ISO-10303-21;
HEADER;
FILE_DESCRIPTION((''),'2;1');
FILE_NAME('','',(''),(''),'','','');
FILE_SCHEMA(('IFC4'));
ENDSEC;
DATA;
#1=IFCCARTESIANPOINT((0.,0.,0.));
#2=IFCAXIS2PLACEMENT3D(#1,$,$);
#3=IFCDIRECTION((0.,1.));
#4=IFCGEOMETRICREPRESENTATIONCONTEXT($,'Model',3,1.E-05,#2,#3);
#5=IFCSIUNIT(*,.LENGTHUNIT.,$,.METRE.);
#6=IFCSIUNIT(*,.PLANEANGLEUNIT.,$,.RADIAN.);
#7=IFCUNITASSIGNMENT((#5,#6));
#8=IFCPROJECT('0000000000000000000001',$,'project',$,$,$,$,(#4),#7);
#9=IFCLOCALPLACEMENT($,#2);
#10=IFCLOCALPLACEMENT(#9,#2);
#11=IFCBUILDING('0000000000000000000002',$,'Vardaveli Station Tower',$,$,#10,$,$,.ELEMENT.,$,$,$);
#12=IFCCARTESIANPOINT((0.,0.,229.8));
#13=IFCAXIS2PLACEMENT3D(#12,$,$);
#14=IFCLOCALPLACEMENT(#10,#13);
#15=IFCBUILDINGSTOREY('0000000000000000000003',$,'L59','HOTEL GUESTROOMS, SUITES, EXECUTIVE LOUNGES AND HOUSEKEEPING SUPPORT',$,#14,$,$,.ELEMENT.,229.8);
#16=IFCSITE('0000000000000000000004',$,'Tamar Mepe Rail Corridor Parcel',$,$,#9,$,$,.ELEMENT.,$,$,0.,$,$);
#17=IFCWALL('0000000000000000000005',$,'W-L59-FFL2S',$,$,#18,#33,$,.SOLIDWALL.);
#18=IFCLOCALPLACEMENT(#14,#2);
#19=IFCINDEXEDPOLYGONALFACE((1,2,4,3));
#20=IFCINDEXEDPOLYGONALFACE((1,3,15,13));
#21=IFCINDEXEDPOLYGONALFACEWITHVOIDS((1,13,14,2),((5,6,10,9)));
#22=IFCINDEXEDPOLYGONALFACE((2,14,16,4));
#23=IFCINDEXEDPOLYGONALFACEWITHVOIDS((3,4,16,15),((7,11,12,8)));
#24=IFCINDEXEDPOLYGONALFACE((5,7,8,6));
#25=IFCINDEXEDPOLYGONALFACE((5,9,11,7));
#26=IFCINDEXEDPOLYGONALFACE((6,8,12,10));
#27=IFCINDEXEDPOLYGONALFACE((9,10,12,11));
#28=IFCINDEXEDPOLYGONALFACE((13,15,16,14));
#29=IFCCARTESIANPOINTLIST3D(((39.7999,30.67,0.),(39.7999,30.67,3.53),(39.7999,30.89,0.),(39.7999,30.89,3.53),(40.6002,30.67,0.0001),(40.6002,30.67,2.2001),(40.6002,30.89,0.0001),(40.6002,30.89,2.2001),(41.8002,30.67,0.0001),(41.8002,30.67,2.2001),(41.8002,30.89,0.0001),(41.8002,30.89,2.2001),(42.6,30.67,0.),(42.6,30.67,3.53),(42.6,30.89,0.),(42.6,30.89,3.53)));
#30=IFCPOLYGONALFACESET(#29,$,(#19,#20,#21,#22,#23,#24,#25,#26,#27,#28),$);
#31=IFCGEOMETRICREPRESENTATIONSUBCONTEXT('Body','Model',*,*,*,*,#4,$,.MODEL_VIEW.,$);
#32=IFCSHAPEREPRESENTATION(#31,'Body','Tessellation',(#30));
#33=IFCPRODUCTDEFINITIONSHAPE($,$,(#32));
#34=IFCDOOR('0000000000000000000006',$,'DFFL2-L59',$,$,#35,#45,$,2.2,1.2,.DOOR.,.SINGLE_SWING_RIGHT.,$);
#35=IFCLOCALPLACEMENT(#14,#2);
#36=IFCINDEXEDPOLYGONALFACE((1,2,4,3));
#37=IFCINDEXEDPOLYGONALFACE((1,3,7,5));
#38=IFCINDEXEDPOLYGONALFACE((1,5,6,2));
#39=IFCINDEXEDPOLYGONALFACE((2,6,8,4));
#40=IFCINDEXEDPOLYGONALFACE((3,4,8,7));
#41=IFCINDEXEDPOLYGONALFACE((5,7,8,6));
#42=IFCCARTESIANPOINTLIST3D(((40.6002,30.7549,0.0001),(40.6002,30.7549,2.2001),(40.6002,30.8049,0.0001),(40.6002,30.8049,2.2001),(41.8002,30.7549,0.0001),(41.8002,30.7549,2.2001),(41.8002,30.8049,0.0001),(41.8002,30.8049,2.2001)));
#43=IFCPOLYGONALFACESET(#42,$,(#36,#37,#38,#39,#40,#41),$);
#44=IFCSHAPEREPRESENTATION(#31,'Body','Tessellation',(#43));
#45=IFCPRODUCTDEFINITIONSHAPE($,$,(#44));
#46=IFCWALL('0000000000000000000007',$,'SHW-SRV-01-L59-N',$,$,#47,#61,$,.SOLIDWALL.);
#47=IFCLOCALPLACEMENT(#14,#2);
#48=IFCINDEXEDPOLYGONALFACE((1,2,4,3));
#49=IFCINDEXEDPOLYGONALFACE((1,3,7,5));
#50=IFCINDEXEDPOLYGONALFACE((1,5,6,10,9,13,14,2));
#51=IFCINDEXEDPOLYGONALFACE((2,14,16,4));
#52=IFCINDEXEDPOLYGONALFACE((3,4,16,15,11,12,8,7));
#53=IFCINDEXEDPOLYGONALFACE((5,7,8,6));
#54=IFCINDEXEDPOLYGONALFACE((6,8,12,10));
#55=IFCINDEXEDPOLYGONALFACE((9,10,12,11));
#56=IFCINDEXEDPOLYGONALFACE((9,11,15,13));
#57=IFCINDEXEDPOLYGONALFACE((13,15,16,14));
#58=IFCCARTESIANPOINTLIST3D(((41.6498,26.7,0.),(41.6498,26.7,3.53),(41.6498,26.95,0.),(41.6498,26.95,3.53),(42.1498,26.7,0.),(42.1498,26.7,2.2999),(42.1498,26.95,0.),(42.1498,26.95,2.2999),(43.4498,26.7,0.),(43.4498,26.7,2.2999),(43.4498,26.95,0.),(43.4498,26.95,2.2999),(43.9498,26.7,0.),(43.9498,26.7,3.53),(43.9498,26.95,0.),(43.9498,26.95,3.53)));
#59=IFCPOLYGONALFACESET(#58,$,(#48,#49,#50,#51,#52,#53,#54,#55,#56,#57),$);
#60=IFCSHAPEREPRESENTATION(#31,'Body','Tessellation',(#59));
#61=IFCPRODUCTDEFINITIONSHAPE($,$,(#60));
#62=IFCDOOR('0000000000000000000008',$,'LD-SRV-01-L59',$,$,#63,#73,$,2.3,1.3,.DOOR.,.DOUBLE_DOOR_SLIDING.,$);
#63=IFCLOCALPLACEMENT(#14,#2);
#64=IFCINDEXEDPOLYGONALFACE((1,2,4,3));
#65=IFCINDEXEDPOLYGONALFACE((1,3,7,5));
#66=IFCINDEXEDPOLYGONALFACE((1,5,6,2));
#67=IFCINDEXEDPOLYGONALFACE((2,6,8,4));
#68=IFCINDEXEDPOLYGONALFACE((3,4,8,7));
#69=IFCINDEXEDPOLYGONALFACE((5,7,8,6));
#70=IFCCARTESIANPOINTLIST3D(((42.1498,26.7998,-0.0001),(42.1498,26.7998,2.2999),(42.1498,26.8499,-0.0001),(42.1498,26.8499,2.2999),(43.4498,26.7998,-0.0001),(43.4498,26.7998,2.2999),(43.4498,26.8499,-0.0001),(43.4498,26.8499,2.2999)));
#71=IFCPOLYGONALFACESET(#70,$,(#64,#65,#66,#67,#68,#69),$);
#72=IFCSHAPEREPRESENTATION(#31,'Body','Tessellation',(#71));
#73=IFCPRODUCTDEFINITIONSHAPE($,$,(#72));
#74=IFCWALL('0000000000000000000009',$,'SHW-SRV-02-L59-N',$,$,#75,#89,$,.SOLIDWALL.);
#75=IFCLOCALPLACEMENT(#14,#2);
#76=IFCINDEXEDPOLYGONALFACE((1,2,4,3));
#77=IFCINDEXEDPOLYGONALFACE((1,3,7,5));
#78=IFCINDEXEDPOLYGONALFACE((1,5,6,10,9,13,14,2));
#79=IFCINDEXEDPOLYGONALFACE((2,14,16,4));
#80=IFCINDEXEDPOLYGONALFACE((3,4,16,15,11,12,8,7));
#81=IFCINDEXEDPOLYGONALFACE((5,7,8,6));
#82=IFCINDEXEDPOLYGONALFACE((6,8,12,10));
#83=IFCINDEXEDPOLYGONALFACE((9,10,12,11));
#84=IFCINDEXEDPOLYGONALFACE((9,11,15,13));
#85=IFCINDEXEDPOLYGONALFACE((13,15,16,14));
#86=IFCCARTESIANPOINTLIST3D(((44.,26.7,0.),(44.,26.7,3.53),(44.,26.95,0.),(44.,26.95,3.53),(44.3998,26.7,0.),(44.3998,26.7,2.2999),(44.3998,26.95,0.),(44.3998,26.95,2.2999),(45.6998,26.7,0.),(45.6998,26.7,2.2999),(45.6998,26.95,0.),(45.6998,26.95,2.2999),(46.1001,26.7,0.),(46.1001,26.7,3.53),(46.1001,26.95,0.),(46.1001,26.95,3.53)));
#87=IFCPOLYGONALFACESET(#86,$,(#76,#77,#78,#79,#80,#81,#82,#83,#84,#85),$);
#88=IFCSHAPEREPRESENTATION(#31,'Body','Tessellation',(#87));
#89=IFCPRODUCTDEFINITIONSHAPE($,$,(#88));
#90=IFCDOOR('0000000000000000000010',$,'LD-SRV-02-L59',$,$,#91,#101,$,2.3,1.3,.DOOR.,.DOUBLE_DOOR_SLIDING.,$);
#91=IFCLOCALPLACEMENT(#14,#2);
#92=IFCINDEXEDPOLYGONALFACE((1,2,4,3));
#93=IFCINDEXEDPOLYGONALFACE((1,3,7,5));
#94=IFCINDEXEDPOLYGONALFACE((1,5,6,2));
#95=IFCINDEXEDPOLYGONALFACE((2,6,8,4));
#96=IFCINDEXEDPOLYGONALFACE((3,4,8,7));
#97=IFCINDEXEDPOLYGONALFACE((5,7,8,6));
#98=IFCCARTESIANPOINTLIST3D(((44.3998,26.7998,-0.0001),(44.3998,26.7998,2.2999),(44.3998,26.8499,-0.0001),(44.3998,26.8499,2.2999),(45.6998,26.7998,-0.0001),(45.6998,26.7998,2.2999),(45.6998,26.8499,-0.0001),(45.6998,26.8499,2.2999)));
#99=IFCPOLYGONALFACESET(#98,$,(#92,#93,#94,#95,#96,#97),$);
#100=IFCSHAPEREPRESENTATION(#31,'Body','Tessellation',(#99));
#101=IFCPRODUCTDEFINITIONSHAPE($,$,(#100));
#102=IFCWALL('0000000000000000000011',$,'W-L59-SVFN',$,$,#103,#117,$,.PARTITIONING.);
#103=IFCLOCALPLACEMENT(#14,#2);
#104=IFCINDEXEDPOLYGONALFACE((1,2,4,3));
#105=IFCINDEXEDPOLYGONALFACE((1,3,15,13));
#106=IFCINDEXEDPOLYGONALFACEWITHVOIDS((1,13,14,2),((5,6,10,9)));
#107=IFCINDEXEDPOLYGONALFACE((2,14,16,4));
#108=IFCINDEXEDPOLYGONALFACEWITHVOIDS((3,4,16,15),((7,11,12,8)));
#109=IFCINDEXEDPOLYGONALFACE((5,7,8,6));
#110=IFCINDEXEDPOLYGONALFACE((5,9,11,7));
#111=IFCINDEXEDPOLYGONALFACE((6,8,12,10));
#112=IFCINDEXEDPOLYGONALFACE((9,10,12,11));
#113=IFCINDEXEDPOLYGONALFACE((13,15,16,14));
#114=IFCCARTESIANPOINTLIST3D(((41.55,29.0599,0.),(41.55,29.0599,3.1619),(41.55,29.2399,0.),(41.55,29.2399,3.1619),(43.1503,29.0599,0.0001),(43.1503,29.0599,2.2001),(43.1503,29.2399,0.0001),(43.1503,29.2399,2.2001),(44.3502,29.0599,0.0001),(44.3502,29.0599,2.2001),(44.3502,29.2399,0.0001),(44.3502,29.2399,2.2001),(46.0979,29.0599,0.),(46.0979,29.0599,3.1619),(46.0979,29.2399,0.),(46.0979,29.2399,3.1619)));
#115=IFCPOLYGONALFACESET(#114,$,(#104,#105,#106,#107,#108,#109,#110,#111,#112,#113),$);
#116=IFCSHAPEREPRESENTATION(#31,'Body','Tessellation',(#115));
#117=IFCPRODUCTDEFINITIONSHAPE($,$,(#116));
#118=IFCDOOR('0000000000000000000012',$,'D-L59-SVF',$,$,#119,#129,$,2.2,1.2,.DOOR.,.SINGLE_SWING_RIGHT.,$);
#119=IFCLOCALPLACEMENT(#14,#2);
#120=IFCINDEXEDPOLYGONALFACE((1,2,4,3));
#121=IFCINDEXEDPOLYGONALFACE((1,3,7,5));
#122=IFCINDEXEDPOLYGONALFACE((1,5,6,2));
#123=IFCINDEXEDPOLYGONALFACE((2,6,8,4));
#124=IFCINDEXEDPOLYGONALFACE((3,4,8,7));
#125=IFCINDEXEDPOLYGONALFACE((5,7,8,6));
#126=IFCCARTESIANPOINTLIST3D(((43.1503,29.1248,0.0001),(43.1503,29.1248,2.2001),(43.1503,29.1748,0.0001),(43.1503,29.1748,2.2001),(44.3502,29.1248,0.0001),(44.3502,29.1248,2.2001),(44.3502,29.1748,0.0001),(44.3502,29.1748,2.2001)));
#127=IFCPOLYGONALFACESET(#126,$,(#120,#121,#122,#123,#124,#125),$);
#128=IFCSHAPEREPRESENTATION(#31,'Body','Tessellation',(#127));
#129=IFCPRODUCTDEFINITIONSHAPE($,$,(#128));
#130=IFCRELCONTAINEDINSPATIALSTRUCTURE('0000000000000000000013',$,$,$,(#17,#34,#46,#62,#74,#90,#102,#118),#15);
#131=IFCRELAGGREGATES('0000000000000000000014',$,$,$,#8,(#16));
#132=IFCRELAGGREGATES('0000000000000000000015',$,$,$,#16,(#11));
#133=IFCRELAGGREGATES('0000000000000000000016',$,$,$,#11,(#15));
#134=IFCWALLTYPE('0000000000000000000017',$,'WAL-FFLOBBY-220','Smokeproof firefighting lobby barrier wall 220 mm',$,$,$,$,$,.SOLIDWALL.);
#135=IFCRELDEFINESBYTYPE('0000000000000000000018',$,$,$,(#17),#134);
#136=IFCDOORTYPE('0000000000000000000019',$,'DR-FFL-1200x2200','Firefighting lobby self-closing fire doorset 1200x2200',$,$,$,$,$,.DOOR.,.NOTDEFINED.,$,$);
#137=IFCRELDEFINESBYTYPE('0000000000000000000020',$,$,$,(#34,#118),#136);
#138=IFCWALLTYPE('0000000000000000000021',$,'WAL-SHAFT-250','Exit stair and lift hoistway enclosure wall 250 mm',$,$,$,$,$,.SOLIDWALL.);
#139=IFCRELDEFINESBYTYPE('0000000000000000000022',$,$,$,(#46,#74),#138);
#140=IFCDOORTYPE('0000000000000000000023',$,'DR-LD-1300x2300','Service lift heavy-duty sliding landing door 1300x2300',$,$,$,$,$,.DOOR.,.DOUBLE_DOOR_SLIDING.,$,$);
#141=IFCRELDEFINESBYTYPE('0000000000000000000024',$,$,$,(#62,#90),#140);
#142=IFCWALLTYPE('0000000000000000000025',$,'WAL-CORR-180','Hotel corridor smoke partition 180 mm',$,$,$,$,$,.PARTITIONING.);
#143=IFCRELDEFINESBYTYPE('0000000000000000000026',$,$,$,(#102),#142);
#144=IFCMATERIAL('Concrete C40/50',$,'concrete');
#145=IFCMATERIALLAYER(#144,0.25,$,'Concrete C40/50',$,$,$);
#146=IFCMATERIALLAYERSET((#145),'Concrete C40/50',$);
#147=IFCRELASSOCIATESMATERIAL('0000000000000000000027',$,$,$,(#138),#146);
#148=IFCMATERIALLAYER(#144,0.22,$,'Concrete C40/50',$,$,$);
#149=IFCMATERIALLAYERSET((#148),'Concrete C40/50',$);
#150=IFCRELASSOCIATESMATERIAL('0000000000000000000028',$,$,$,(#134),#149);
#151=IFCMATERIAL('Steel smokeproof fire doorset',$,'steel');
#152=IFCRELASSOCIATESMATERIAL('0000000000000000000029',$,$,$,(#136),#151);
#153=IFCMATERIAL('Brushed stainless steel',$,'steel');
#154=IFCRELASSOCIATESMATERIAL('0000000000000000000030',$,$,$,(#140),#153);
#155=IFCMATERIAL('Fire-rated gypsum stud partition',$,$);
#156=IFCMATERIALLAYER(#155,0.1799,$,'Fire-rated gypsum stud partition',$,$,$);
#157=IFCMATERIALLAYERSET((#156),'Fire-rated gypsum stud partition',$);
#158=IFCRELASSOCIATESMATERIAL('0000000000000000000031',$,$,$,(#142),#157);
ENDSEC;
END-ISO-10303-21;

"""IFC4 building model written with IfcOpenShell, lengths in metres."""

from ifc_helpers import new_model, si_unit, direction, frame, frame_2d, origin, place, context, subcontext, project, spatial, rectangle, extrude, source, transform, mapped, material, layer, layer_set, type_object, element, fill, save


model = new_model("IFC4")

# Units and contexts
model_context = context("Model", 3, precision=1e-05, world=origin(), true_north=direction((0.0, 1.0)))
body_context = subcontext(model_context, "Body", "Model", "MODEL_VIEW")
ifc_project = project(units=[si_unit("LENGTHUNIT", "METRE"), si_unit("PLANEANGLEUNIT", "RADIAN")], contexts=[model_context])

# Site, building, storey
site_placement = place(None, origin())
site = spatial("IfcSite", under=ifc_project, at=site_placement, Name="Tamar Mepe Rail Corridor Parcel", CompositionType="ELEMENT", RefElevation=0.0)
building_placement = place(site_placement, origin())
building = spatial("IfcBuilding", under=site, at=building_placement, Name="Vardaveli Station Tower", CompositionType="ELEMENT")
storey_placement = place(building_placement, frame((0.0, 0.0, 229.8)))
storey = spatial("IfcBuildingStorey", under=building, at=storey_placement, Name="L59", Description="HOTEL GUESTROOMS, SUITES, EXECUTIVE LOUNGES AND HOUSEKEEPING SUPPORT", CompositionType="ELEMENT", Elevation=229.8)

# Shared definitions
ifc_material_1 = material(Name="Concrete C40/50", Category="concrete")
ifc_layer_1 = layer(ifc_material_1, 0.25, Name="Concrete C40/50")
ifc_layer_set_1 = layer_set([ifc_layer_1], Name="Concrete C40/50")
wall_type_1 = type_object("IfcWallType", Name="WAL-SHAFT-250", Description="Exit stair and lift hoistway enclosure wall 250 mm", PredefinedType="SOLIDWALL", material=ifc_layer_set_1)

# Walls, openings, doors
ifc_material_2 = material(Name="Steel smokeproof fire doorset", Category="steel")
ifc_layer_2 = layer(ifc_material_1, 0.22, Name="Concrete C40/50")
ifc_layer_set_2 = layer_set([ifc_layer_2], Name="Concrete C40/50")
wall_type_2 = type_object("IfcWallType", Name="WAL-FFLOBBY-220", Description="Smokeproof firefighting lobby barrier wall 220 mm", PredefinedType="SOLIDWALL", material=ifc_layer_set_2)
shared_shape_1 = source(origin(), body_context, "Body", "SweptSolid", [
    extrude(rectangle(XDim=2.8, YDim=0.22, at=frame_2d((1.3999, 0.0))), origin(), (0.0, 0.0, 1.0), 3.53),
])
wall_1_placement = place(storey_placement, frame((39.8, 30.78, 0.0), z_axis=(0.0, 0.0, 1.0), x_axis=(1.0, 0.0, 0.0)))
wall_1 = element("IfcWall", 1, at=wall_1_placement, inside=storey, type_object=wall_type_2, Name="W-L59-FFL2S", PredefinedType="SOLIDWALL", context=body_context, shape_type="MappedRepresentation", body=[
    mapped(shared_shape_1, transform((0.0, 0.0, 0.0), scale=1.0)),
])
shared_shape_2 = source(origin(), body_context, "Body", "SweptSolid", [
    extrude(rectangle(XDim=1.2, YDim=2.2, at=frame_2d((0.6001, 1.1001))), frame((0.0, 0.1201, 0.0), z_axis=(0.0, -1.0, 0.0), x_axis=(1.0, 0.0, 0.0)), (0.0, 0.0, 1.0), 0.24),
])
opening_1_placement = place(wall_1_placement, frame((0.8, 0.0, 0.0)))
opening_1 = element("IfcOpeningElement", 2, at=opening_1_placement, cuts=wall_1, PredefinedType="OPENING", context=body_context, shape_type="MappedRepresentation", body=[
    mapped(shared_shape_2, transform((0.0, 0.0, 0.0), scale=1.0)),
])
door_type_1 = type_object("IfcDoorType", Name="DR-FFL-1200x2200", Description="Firefighting lobby self-closing fire doorset 1200x2200", OperationType="NOTDEFINED", PredefinedType="DOOR", material=ifc_material_2)
shared_shape_3 = source(origin(), body_context, "Body", "SweptSolid", [
    extrude(rectangle(XDim=1.2, YDim=2.2, at=frame_2d((0.6001, 1.1001))), frame((0.0, 0.0249, 0.0), z_axis=(0.0, -1.0, 0.0), x_axis=(1.0, 0.0, 0.0)), (0.0, 0.0, 1.0), 0.05),
])
door_1_placement = place(opening_1_placement, origin())
door_1 = element("IfcDoor", 3, at=door_1_placement, inside=storey, type_object=door_type_1, Name="DFFL2-L59", OperationType="SINGLE_SWING_RIGHT", OverallHeight=2.2, OverallWidth=1.2, PredefinedType="DOOR", context=body_context, shape_type="MappedRepresentation", body=[
    mapped(shared_shape_3, transform((0.0, 0.0, 0.0), scale=1.0)),
])
fill(opening_1, door_1)
shared_shape_4 = source(origin(), body_context, "Body", "SweptSolid", [
    extrude(rectangle(XDim=2.3, YDim=0.25, at=frame_2d((1.1499, 0.0))), origin(), (0.0, 0.0, 1.0), 3.53),
])
wall_2_placement = place(storey_placement, frame((41.6499, 26.825, 0.0), z_axis=(0.0, 0.0, 1.0), x_axis=(1.0, 0.0, 0.0)))
wall_2 = element("IfcWall", 4, at=wall_2_placement, inside=storey, type_object=wall_type_1, Name="SHW-SRV-01-L59-N", PredefinedType="SOLIDWALL", context=body_context, shape_type="MappedRepresentation", body=[
    mapped(shared_shape_4, transform((0.0, 0.0, 0.0), scale=1.0)),
])
shared_shape_5 = source(origin(), body_context, "Body", "SweptSolid", [
    extrude(rectangle(XDim=1.3, YDim=2.3, at=frame_2d((0.6499, 1.1499))), frame((0.0, 0.135, 0.0), z_axis=(0.0, -1.0, 0.0), x_axis=(1.0, 0.0, 0.0)), (0.0, 0.0, 1.0), 0.27),
])
opening_2_placement = place(wall_2_placement, frame((0.5, 0.0, 0.0)))
opening_2 = element("IfcOpeningElement", 5, at=opening_2_placement, cuts=wall_2, PredefinedType="OPENING", context=body_context, shape_type="MappedRepresentation", body=[
    mapped(shared_shape_5, transform((0.0, 0.0, 0.0), scale=1.0)),
])
ifc_material_3 = material(Name="Brushed stainless steel", Category="steel")
door_type_2 = type_object("IfcDoorType", Name="DR-LD-1300x2300", Description="Service lift heavy-duty sliding landing door 1300x2300", OperationType="DOUBLE_DOOR_SLIDING", PredefinedType="DOOR", material=ifc_material_3)
shared_shape_6 = source(origin(), body_context, "Body", "SweptSolid", [
    extrude(rectangle(XDim=1.3, YDim=2.3, at=frame_2d((0.6499, 1.1499))), frame((0.0, 0.0249, 0.0), z_axis=(0.0, -1.0, 0.0), x_axis=(1.0, 0.0, 0.0)), (0.0, 0.0, 1.0), 0.05),
])
door_2_placement = place(opening_2_placement, origin())
door_2 = element("IfcDoor", 6, at=door_2_placement, inside=storey, type_object=door_type_2, Name="LD-SRV-01-L59", OperationType="DOUBLE_DOOR_SLIDING", OverallHeight=2.3, OverallWidth=1.3, PredefinedType="DOOR", context=body_context, shape_type="MappedRepresentation", body=[
    mapped(shared_shape_6, transform((0.0, 0.0, 0.0), scale=1.0)),
])
fill(opening_2, door_2)
shared_shape_7 = source(origin(), body_context, "Body", "SweptSolid", [
    extrude(rectangle(XDim=2.1001, YDim=0.25, at=frame_2d((1.05, 0.0))), origin(), (0.0, 0.0, 1.0), 3.53),
])
wall_3_placement = place(storey_placement, frame((44.0, 26.825, 0.0), z_axis=(0.0, 0.0, 1.0), x_axis=(1.0, 0.0, 0.0)))
wall_3 = element("IfcWall", 7, at=wall_3_placement, inside=storey, type_object=wall_type_1, Name="SHW-SRV-02-L59-N", PredefinedType="SOLIDWALL", context=body_context, shape_type="MappedRepresentation", body=[
    mapped(shared_shape_7, transform((0.0, 0.0, 0.0), scale=1.0)),
])
opening_3_placement = place(wall_3_placement, frame((0.3999, 0.0, 0.0)))
opening_3 = element("IfcOpeningElement", 8, at=opening_3_placement, cuts=wall_3, PredefinedType="OPENING", context=body_context, shape_type="MappedRepresentation", body=[
    mapped(shared_shape_5, transform((0.0, 0.0, 0.0), scale=1.0)),
])
door_3_placement = place(opening_3_placement, origin())
door_3 = element("IfcDoor", 9, at=door_3_placement, inside=storey, type_object=door_type_2, Name="LD-SRV-02-L59", OperationType="DOUBLE_DOOR_SLIDING", OverallHeight=2.3, OverallWidth=1.3, PredefinedType="DOOR", context=body_context, shape_type="MappedRepresentation", body=[
    mapped(shared_shape_6, transform((0.0, 0.0, 0.0), scale=1.0)),
])
fill(opening_3, door_3)
ifc_material_4 = material(Name="Fire-rated gypsum stud partition")
ifc_layer_3 = layer(ifc_material_4, 0.1799, Name="Fire-rated gypsum stud partition")
ifc_layer_set_3 = layer_set([ifc_layer_3], Name="Fire-rated gypsum stud partition")
wall_type_3 = type_object("IfcWallType", Name="WAL-CORR-180", Description="Hotel corridor smoke partition 180 mm", PredefinedType="PARTITIONING", material=ifc_layer_set_3)
shared_shape_8 = source(origin(), body_context, "Body", "SweptSolid", [
    extrude(rectangle(XDim=4.5479, YDim=0.1799, at=frame_2d((2.2739, 0.0))), origin(), (0.0, 0.0, 1.0), 3.1619),
])
wall_4_placement = place(storey_placement, frame((41.55, 29.1499, 0.0), z_axis=(0.0, 0.0, 1.0), x_axis=(1.0, 0.0, 0.0)))
wall_4 = element("IfcWall", 10, at=wall_4_placement, inside=storey, type_object=wall_type_3, Name="W-L59-SVFN", PredefinedType="PARTITIONING", context=body_context, shape_type="MappedRepresentation", body=[
    mapped(shared_shape_8, transform((0.0, 0.0, 0.0), scale=1.0)),
])
shared_shape_9 = source(origin(), body_context, "Body", "SweptSolid", [
    extrude(rectangle(XDim=1.2, YDim=2.2, at=frame_2d((0.6001, 1.1001))), frame((0.0, 0.1001, 0.0), z_axis=(0.0, -1.0, 0.0), x_axis=(1.0, 0.0, 0.0)), (0.0, 0.0, 1.0), 0.2),
])
opening_4_placement = place(wall_4_placement, frame((1.6001, 0.0, 0.0)))
opening_4 = element("IfcOpeningElement", 11, at=opening_4_placement, cuts=wall_4, PredefinedType="OPENING", context=body_context, shape_type="MappedRepresentation", body=[
    mapped(shared_shape_9, transform((0.0, 0.0, 0.0), scale=1.0)),
])
door_4_placement = place(opening_4_placement, origin())
door_4 = element("IfcDoor", 12, at=door_4_placement, inside=storey, type_object=door_type_1, Name="D-L59-SVF", OperationType="SINGLE_SWING_RIGHT", OverallHeight=2.2, OverallWidth=1.2, PredefinedType="DOOR", context=body_context, shape_type="MappedRepresentation", body=[
    mapped(shared_shape_3, transform((0.0, 0.0, 0.0), scale=1.0)),
])
fill(opening_4, door_4)

save(model, "model.ifc")
